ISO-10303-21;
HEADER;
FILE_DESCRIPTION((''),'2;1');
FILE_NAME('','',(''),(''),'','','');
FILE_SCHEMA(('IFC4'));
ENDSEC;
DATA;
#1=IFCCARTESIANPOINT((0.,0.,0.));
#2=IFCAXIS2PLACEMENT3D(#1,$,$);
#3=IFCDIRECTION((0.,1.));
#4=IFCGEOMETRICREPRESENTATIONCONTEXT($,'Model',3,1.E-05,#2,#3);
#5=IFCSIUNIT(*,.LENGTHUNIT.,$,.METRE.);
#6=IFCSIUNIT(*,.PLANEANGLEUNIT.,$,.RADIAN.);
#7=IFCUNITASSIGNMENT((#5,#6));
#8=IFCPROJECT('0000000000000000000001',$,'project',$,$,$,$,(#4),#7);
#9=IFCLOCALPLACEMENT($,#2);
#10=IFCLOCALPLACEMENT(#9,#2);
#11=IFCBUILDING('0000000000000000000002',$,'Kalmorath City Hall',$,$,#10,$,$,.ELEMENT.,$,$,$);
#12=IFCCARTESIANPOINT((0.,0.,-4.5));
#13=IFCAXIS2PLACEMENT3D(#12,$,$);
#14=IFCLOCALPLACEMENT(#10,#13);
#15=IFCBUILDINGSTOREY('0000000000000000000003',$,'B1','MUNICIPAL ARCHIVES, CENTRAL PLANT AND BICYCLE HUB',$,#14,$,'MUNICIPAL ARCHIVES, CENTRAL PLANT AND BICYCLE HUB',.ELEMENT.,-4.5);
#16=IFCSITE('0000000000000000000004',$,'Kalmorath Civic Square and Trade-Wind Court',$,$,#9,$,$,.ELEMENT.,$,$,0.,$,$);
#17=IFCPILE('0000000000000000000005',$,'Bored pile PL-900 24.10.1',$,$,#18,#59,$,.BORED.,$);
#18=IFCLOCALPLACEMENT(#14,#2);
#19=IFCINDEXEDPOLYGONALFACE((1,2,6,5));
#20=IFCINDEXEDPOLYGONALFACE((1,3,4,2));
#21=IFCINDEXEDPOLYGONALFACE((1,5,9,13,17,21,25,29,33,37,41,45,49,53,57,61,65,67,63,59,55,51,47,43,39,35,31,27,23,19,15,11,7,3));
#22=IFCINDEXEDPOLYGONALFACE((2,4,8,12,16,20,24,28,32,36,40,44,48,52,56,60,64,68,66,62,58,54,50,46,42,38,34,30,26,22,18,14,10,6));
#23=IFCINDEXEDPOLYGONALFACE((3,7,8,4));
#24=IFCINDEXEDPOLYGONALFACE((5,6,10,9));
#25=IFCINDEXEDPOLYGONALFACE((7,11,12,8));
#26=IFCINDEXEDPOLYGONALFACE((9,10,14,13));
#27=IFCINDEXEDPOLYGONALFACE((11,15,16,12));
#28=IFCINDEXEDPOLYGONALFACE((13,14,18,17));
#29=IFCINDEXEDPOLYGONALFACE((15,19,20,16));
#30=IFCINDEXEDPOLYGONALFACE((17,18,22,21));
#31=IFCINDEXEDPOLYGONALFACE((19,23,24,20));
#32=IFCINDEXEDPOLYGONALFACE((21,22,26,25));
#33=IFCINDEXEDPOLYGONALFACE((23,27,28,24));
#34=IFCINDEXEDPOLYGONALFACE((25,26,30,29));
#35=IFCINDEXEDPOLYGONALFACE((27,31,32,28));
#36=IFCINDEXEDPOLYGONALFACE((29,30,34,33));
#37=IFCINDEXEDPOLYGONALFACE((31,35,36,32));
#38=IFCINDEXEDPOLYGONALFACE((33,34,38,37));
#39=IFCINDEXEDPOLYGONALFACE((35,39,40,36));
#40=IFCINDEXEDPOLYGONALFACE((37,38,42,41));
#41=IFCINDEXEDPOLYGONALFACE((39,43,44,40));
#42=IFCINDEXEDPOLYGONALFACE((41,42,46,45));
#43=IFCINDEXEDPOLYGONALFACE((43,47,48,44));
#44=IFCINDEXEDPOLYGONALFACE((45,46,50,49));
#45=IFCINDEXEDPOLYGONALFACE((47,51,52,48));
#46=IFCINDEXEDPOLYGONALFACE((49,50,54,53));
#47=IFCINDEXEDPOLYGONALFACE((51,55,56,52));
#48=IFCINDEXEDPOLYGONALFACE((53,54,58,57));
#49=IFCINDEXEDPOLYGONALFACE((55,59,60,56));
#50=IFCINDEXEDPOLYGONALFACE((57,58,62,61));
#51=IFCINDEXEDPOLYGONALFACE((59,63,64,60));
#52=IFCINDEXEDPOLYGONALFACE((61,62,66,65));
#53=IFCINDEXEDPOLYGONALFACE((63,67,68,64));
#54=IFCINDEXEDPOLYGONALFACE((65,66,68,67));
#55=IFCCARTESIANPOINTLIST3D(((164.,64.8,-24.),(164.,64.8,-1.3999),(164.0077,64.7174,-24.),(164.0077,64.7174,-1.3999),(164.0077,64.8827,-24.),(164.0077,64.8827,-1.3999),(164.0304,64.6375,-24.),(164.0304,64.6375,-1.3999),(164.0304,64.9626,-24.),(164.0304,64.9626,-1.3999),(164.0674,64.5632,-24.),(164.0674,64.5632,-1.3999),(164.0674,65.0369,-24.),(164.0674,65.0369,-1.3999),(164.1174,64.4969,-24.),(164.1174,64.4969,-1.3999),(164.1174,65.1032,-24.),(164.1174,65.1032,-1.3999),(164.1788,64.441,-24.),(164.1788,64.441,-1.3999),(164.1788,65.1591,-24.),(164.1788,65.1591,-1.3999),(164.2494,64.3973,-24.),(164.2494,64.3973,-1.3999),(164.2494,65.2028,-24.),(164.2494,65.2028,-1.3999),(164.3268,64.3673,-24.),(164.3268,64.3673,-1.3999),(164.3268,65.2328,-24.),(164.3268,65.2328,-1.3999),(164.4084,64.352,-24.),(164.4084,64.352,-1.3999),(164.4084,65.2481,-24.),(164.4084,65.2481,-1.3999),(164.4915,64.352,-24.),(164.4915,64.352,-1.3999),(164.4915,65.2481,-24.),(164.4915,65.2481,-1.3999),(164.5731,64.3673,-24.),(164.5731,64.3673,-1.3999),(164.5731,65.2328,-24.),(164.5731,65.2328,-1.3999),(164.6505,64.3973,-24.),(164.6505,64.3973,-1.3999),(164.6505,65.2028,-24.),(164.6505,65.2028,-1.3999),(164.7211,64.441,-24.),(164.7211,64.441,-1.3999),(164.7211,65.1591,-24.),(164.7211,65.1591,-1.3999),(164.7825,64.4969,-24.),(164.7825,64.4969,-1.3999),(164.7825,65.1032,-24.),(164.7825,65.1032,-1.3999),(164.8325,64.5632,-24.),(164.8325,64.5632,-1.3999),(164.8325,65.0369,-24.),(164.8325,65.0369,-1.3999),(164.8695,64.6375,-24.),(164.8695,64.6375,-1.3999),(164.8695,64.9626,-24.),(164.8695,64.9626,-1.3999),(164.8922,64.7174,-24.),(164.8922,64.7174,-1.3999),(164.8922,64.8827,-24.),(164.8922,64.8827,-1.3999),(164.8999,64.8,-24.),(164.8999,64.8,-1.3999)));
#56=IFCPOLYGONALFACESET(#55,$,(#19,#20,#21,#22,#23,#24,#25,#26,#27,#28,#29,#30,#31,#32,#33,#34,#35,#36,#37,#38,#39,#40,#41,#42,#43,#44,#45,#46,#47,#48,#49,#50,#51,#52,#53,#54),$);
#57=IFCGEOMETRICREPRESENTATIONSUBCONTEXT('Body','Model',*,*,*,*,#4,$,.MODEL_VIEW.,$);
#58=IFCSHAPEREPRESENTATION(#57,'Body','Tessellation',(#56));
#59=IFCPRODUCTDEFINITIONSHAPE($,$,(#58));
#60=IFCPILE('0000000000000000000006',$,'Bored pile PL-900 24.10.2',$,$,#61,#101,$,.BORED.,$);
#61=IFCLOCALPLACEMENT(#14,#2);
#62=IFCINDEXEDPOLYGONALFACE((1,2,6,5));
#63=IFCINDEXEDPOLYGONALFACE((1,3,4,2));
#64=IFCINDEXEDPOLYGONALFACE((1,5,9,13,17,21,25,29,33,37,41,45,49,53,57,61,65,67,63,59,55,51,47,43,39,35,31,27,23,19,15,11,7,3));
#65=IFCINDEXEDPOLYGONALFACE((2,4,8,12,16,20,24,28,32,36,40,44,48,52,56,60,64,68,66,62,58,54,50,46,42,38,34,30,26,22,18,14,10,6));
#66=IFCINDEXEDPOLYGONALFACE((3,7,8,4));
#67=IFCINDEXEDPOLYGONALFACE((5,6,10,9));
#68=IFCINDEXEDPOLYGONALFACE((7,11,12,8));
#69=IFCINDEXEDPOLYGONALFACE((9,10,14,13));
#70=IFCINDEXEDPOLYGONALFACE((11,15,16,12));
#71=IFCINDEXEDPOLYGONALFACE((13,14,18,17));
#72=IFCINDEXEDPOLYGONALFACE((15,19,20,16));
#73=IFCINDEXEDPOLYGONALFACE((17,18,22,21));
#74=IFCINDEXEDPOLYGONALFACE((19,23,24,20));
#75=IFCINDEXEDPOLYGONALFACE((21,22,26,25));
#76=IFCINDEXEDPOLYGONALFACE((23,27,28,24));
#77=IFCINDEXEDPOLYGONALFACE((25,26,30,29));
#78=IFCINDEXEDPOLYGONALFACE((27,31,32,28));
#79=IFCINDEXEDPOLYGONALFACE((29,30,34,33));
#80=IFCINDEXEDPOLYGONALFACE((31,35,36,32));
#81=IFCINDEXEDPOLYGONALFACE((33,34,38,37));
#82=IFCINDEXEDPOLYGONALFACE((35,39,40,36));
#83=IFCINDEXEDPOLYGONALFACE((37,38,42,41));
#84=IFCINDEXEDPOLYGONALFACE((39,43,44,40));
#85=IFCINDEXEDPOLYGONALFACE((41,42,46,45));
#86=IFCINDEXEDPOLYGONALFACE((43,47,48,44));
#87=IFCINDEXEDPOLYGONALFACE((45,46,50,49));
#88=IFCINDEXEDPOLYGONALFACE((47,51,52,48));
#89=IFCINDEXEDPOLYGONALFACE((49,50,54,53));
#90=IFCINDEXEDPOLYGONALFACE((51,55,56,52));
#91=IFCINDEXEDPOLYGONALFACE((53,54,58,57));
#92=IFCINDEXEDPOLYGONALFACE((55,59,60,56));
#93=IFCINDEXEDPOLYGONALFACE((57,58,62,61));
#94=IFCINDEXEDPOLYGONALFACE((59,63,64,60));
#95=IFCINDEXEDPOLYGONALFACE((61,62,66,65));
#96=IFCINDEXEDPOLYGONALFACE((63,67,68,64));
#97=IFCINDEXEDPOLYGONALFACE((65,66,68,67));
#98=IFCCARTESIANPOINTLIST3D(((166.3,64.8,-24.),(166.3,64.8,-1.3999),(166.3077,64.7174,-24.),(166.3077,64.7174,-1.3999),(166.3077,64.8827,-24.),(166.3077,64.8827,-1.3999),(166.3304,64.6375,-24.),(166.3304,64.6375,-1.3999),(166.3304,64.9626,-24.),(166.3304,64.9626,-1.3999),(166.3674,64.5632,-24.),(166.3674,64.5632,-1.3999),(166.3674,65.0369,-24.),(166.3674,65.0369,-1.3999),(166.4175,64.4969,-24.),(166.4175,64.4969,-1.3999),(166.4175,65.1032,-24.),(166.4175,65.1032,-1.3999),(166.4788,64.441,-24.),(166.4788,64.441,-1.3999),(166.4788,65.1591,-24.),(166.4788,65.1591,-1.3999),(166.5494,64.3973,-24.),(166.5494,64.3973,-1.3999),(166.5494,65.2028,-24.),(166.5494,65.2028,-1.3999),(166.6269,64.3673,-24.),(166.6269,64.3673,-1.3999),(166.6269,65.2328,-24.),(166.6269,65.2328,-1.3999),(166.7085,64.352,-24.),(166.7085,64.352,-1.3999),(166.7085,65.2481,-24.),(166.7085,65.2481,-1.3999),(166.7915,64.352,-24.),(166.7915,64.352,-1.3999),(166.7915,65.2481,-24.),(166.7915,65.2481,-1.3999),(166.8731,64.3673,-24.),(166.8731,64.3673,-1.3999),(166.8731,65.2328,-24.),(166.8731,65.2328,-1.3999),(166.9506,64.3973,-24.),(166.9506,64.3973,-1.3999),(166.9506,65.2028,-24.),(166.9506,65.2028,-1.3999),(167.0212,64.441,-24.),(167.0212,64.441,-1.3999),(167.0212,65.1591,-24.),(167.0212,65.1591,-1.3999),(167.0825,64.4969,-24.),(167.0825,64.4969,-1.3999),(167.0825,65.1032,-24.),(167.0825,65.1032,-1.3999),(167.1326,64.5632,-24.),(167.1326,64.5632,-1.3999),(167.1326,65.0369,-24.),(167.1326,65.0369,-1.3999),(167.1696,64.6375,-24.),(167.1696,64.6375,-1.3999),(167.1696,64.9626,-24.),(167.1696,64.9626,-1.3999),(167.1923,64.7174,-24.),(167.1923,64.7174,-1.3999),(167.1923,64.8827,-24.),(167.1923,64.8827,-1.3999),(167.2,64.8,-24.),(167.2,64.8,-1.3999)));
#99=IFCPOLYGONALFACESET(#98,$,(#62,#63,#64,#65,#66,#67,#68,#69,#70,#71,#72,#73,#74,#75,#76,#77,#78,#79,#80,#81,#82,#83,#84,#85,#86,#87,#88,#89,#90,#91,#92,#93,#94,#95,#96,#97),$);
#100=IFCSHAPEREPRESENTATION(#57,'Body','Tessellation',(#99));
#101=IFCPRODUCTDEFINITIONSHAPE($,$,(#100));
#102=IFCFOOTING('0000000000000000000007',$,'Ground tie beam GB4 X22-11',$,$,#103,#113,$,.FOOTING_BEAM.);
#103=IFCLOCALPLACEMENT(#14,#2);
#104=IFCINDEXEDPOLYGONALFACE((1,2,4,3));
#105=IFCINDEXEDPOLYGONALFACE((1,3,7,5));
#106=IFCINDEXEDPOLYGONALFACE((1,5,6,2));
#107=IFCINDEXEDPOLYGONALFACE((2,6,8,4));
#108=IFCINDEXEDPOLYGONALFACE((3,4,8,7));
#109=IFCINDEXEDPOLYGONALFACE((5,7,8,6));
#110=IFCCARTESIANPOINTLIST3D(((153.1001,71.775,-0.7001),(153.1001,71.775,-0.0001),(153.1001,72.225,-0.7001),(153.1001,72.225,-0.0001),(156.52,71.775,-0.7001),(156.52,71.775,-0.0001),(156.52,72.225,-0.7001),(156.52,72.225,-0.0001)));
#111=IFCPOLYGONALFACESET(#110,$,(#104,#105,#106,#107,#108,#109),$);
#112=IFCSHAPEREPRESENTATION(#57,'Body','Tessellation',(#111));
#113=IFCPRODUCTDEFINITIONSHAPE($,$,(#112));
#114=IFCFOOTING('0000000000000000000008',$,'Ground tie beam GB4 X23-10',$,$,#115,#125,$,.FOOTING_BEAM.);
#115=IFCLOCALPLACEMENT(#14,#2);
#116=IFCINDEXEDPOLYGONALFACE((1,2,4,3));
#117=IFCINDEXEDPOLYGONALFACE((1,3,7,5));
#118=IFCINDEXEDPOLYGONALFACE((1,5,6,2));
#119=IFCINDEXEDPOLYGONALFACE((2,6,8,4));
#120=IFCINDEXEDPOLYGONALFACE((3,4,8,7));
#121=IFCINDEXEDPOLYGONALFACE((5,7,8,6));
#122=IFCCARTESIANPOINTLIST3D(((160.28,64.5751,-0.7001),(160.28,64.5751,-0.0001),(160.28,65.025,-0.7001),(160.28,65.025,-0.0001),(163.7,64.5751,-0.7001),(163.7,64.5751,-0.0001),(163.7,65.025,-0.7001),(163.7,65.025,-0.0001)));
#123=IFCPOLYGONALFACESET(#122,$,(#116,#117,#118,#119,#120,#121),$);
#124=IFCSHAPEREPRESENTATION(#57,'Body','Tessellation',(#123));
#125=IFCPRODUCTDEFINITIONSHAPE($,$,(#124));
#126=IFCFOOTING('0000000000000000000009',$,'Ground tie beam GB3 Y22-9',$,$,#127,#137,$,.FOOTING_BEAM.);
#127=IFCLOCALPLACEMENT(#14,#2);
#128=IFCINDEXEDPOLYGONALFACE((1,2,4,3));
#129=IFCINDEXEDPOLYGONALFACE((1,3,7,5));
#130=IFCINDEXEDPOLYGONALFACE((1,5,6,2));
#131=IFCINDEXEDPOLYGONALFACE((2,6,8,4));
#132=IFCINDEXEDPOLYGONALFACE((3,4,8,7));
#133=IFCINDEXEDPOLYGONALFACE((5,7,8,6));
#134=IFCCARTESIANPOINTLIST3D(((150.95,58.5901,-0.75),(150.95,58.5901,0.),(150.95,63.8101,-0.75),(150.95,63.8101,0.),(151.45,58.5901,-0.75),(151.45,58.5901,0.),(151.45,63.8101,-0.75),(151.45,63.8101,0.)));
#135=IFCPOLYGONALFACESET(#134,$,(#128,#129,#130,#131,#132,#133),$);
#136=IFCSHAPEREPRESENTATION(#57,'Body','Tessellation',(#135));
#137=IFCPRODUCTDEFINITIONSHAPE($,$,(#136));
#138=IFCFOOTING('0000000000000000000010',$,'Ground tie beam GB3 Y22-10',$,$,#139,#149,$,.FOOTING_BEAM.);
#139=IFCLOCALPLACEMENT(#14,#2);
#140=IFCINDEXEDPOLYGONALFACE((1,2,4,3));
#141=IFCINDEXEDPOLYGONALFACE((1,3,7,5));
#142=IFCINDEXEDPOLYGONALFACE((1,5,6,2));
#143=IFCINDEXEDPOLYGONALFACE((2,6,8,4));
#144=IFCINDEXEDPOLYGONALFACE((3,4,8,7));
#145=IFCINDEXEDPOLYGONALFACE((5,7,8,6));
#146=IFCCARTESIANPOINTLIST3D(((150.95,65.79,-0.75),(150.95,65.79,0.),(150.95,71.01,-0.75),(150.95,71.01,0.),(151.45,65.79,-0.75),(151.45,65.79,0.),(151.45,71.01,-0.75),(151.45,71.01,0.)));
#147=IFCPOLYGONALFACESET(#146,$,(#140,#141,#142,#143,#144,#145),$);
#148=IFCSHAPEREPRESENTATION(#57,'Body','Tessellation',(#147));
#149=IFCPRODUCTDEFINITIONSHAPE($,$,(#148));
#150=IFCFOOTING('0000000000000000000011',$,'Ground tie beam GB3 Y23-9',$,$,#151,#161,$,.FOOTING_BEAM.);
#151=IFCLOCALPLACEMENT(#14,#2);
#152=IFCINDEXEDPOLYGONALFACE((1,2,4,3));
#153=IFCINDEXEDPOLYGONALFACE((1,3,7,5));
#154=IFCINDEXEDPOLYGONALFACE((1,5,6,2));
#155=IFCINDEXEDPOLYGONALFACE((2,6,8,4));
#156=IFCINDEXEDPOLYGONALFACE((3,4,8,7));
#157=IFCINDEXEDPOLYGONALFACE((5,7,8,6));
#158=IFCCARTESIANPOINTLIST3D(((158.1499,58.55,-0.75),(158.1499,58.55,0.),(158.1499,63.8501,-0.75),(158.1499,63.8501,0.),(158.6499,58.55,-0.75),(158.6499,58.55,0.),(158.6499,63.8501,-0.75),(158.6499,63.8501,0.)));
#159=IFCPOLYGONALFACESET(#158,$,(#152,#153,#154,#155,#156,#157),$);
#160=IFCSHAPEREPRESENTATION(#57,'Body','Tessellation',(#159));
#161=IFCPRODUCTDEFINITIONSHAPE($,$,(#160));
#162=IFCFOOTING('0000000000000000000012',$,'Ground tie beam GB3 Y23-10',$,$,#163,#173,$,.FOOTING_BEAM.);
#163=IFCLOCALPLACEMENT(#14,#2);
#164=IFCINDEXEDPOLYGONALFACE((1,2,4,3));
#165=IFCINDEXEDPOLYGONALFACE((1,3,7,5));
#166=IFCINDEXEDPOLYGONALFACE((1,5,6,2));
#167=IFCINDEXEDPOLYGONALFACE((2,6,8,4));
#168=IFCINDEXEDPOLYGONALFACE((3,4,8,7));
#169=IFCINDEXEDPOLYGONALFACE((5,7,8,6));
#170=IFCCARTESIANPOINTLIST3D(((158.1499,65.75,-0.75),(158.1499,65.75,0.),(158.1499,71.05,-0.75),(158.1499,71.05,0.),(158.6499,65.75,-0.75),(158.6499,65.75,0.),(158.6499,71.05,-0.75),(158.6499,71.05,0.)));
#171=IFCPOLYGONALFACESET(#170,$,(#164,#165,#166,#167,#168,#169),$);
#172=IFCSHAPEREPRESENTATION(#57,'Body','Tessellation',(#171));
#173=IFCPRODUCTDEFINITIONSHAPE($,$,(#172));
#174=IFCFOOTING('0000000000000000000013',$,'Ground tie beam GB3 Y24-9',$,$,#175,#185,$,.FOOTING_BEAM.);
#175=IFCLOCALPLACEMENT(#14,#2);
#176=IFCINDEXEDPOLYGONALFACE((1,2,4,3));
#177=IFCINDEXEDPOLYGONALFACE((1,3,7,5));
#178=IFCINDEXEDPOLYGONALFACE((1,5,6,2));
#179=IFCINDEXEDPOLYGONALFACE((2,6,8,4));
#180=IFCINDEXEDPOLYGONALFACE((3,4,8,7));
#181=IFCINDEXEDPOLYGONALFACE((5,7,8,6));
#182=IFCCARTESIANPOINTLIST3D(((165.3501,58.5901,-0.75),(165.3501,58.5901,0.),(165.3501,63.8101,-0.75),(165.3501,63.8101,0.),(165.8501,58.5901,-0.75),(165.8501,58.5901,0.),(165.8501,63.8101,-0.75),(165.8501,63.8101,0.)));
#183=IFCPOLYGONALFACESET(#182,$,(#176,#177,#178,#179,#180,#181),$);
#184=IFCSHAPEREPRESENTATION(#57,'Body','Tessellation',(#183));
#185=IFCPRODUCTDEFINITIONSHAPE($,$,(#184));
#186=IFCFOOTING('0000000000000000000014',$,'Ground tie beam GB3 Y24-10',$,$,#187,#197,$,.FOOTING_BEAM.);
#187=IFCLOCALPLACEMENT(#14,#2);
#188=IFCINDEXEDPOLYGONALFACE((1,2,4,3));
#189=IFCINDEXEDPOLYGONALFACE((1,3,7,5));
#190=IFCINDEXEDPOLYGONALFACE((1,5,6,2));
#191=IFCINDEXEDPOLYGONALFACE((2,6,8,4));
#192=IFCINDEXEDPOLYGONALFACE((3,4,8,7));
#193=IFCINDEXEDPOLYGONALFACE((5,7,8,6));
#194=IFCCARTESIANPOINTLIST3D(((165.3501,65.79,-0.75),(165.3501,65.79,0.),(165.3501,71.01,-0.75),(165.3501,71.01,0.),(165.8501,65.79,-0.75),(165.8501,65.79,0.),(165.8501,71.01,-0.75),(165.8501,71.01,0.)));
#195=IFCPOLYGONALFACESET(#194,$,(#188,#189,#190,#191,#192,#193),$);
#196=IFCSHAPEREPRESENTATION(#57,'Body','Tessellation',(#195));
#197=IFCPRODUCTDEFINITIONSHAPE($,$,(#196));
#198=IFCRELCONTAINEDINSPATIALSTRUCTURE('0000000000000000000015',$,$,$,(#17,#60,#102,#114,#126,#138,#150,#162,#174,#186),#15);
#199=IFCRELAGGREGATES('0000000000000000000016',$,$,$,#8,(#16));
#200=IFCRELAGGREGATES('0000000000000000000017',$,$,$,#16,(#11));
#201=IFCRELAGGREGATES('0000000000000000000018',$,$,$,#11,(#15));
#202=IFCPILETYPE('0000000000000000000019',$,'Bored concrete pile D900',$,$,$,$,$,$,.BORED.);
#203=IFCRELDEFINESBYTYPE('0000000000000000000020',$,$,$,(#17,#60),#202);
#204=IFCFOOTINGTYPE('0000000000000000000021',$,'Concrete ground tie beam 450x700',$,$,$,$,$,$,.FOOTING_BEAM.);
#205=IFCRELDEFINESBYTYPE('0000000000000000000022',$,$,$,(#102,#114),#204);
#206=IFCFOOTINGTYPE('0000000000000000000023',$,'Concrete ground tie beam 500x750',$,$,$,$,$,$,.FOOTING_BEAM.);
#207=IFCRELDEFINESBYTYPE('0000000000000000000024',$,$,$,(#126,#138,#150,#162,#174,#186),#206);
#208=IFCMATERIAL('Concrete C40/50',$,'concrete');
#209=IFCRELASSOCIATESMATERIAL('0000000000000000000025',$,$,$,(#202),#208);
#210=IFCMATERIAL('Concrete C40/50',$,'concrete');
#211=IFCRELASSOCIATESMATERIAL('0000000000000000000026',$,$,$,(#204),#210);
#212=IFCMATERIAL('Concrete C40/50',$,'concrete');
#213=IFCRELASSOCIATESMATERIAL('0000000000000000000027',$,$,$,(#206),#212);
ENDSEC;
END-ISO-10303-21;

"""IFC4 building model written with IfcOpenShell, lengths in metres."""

from ifc_helpers import new_model, si_unit, direction, frame, origin, origin_2d, place, context, subcontext, project, spatial, rectangle, circle, extrude, material, material_profile, profile_set, type_object, element, save


model = new_model("IFC4")

# Units and contexts
model_context = context("Model", 3, precision=1e-05, world=origin(), true_north=direction((0.0, 1.0)))
body_context = subcontext(model_context, "Body", "Model", "MODEL_VIEW")
ifc_project = project(units=[si_unit("LENGTHUNIT", "METRE"), si_unit("PLANEANGLEUNIT", "RADIAN")], contexts=[model_context])

# Site, building, storey
site_placement = place(None, origin())
site = spatial("IfcSite", under=ifc_project, at=site_placement, Name="Kalmorath Civic Square and Trade-Wind Court", CompositionType="ELEMENT", RefElevation=0.0)
building_placement = place(site_placement, origin())
building = spatial("IfcBuilding", under=site, at=building_placement, Name="Kalmorath City Hall", CompositionType="ELEMENT")
storey_placement = place(building_placement, frame((0.0, 0.0, -4.5)))
storey = spatial("IfcBuildingStorey", under=building, at=storey_placement, Name="B1", Description="MUNICIPAL ARCHIVES, CENTRAL PLANT AND BICYCLE HUB", LongName="MUNICIPAL ARCHIVES, CENTRAL PLANT AND BICYCLE HUB", CompositionType="ELEMENT", Elevation=-4.5)

# Piles
ifc_material_1 = material(Name="Concrete C40/50", Category="concrete")
ifc_material_profile_1 = material_profile(ifc_material_1, circle(Radius=0.45, at=origin_2d()), Name="PILE-D900")
ifc_profile_set_1 = profile_set([ifc_material_profile_1], Name="Concrete C40/50")
pile_type = type_object("IfcPileType", Name="Bored concrete pile D900", PredefinedType="BORED", material=ifc_profile_set_1)
for number, where, z_axis, x_axis, name in (
    (1, (164.45, 64.8, -1.3999), (0.0, 0.0, -1.0), (1.0, 0.0, 0.0), "Bored pile PL-900 24.10.1"),
    (2, (166.75, 64.8, -1.3999), (0.0, 0.0, -1.0), (1.0, 0.0, 0.0), "Bored pile PL-900 24.10.2"),
):
    element("IfcPile", number, at=place(storey_placement, frame(where, z_axis=z_axis, x_axis=x_axis)), inside=storey, type_object=pile_type, Name=name, PredefinedType="BORED", context=body_context, shape_type="SweptSolid", body=[
        extrude(circle(Radius=0.45, at=origin_2d()), origin(), (0.0, 0.0, 1.0), 22.6001),
    ])

# Footings
ifc_material_2 = material(Name="Concrete C40/50", Category="concrete")
ifc_material_profile_2 = material_profile(ifc_material_2, rectangle(XDim=0.45, YDim=0.7, at=origin_2d()), Name="RC-BM-450X700")
ifc_profile_set_2 = profile_set([ifc_material_profile_2], Name="Concrete C40/50")
footing_type_1 = type_object("IfcFootingType", Name="Concrete ground tie beam 450x700", PredefinedType="FOOTING_BEAM", material=ifc_profile_set_2)
for number, where, z_axis, x_axis, name in (
    (3, (153.1001, 72.0, -0.3501), (1.0, 0.0, 0.0), (0.0, 1.0, 0.0), "Ground tie beam GB4 X22-11"),
    (4, (160.28, 64.8, -0.3501), (1.0, 0.0, 0.0), (0.0, 1.0, 0.0), "Ground tie beam GB4 X23-10"),
):
    element("IfcFooting", number, at=place(storey_placement, frame(where, z_axis=z_axis, x_axis=x_axis)), inside=storey, type_object=footing_type_1, Name=name, PredefinedType="FOOTING_BEAM", context=body_context, shape_type="SweptSolid", body=[
        extrude(rectangle(XDim=0.45, YDim=0.7, at=origin_2d()), origin(), (0.0, 0.0, 1.0), 3.4199),
    ])
ifc_material_3 = material(Name="Concrete C40/50", Category="concrete")
ifc_material_profile_3 = material_profile(ifc_material_3, rectangle(XDim=0.5, YDim=0.75, at=origin_2d()), Name="RC-BM-500X750")
ifc_profile_set_3 = profile_set([ifc_material_profile_3], Name="Concrete C40/50")
footing_type_2 = type_object("IfcFootingType", Name="Concrete ground tie beam 500x750", PredefinedType="FOOTING_BEAM", material=ifc_profile_set_3)
for number, where, z_axis, x_axis, name in (
    (5, (151.2, 58.5901, -0.375), (0.0, 1.0, 0.0), (-1.0, 0.0, 0.0), "Ground tie beam GB3 Y22-9"),
    (6, (151.2, 65.79, -0.375), (0.0, 1.0, 0.0), (-1.0, 0.0, 0.0), "Ground tie beam GB3 Y22-10"),
):
    element("IfcFooting", number, at=place(storey_placement, frame(where, z_axis=z_axis, x_axis=x_axis)), inside=storey, type_object=footing_type_2, Name=name, PredefinedType="FOOTING_BEAM", context=body_context, shape_type="SweptSolid", body=[
        extrude(rectangle(XDim=0.5, YDim=0.75, at=origin_2d()), origin(), (0.0, 0.0, 1.0), 5.22),
    ])
for number, where, z_axis, x_axis, name in (
    (7, (158.3999, 58.55, -0.375), (0.0, 1.0, 0.0), (-1.0, 0.0, 0.0), "Ground tie beam GB3 Y23-9"),
    (8, (158.3999, 65.75, -0.375), (0.0, 1.0, 0.0), (-1.0, 0.0, 0.0), "Ground tie beam GB3 Y23-10"),
):
    element("IfcFooting", number, at=place(storey_placement, frame(where, z_axis=z_axis, x_axis=x_axis)), inside=storey, type_object=footing_type_2, Name=name, PredefinedType="FOOTING_BEAM", context=body_context, shape_type="SweptSolid", body=[
        extrude(rectangle(XDim=0.5, YDim=0.75, at=origin_2d()), origin(), (0.0, 0.0, 1.0), 5.3),
    ])
for number, where, z_axis, x_axis, name in (
    (9, (165.6001, 58.5901, -0.375), (0.0, 1.0, 0.0), (-1.0, 0.0, 0.0), "Ground tie beam GB3 Y24-9"),
    (10, (165.6001, 65.79, -0.375), (0.0, 1.0, 0.0), (-1.0, 0.0, 0.0), "Ground tie beam GB3 Y24-10"),
):
    element("IfcFooting", number, at=place(storey_placement, frame(where, z_axis=z_axis, x_axis=x_axis)), inside=storey, type_object=footing_type_2, Name=name, PredefinedType="FOOTING_BEAM", context=body_context, shape_type="SweptSolid", body=[
        extrude(rectangle(XDim=0.5, YDim=0.75, at=origin_2d()), origin(), (0.0, 0.0, 1.0), 5.22),
    ])

save(model, "model.ifc")
